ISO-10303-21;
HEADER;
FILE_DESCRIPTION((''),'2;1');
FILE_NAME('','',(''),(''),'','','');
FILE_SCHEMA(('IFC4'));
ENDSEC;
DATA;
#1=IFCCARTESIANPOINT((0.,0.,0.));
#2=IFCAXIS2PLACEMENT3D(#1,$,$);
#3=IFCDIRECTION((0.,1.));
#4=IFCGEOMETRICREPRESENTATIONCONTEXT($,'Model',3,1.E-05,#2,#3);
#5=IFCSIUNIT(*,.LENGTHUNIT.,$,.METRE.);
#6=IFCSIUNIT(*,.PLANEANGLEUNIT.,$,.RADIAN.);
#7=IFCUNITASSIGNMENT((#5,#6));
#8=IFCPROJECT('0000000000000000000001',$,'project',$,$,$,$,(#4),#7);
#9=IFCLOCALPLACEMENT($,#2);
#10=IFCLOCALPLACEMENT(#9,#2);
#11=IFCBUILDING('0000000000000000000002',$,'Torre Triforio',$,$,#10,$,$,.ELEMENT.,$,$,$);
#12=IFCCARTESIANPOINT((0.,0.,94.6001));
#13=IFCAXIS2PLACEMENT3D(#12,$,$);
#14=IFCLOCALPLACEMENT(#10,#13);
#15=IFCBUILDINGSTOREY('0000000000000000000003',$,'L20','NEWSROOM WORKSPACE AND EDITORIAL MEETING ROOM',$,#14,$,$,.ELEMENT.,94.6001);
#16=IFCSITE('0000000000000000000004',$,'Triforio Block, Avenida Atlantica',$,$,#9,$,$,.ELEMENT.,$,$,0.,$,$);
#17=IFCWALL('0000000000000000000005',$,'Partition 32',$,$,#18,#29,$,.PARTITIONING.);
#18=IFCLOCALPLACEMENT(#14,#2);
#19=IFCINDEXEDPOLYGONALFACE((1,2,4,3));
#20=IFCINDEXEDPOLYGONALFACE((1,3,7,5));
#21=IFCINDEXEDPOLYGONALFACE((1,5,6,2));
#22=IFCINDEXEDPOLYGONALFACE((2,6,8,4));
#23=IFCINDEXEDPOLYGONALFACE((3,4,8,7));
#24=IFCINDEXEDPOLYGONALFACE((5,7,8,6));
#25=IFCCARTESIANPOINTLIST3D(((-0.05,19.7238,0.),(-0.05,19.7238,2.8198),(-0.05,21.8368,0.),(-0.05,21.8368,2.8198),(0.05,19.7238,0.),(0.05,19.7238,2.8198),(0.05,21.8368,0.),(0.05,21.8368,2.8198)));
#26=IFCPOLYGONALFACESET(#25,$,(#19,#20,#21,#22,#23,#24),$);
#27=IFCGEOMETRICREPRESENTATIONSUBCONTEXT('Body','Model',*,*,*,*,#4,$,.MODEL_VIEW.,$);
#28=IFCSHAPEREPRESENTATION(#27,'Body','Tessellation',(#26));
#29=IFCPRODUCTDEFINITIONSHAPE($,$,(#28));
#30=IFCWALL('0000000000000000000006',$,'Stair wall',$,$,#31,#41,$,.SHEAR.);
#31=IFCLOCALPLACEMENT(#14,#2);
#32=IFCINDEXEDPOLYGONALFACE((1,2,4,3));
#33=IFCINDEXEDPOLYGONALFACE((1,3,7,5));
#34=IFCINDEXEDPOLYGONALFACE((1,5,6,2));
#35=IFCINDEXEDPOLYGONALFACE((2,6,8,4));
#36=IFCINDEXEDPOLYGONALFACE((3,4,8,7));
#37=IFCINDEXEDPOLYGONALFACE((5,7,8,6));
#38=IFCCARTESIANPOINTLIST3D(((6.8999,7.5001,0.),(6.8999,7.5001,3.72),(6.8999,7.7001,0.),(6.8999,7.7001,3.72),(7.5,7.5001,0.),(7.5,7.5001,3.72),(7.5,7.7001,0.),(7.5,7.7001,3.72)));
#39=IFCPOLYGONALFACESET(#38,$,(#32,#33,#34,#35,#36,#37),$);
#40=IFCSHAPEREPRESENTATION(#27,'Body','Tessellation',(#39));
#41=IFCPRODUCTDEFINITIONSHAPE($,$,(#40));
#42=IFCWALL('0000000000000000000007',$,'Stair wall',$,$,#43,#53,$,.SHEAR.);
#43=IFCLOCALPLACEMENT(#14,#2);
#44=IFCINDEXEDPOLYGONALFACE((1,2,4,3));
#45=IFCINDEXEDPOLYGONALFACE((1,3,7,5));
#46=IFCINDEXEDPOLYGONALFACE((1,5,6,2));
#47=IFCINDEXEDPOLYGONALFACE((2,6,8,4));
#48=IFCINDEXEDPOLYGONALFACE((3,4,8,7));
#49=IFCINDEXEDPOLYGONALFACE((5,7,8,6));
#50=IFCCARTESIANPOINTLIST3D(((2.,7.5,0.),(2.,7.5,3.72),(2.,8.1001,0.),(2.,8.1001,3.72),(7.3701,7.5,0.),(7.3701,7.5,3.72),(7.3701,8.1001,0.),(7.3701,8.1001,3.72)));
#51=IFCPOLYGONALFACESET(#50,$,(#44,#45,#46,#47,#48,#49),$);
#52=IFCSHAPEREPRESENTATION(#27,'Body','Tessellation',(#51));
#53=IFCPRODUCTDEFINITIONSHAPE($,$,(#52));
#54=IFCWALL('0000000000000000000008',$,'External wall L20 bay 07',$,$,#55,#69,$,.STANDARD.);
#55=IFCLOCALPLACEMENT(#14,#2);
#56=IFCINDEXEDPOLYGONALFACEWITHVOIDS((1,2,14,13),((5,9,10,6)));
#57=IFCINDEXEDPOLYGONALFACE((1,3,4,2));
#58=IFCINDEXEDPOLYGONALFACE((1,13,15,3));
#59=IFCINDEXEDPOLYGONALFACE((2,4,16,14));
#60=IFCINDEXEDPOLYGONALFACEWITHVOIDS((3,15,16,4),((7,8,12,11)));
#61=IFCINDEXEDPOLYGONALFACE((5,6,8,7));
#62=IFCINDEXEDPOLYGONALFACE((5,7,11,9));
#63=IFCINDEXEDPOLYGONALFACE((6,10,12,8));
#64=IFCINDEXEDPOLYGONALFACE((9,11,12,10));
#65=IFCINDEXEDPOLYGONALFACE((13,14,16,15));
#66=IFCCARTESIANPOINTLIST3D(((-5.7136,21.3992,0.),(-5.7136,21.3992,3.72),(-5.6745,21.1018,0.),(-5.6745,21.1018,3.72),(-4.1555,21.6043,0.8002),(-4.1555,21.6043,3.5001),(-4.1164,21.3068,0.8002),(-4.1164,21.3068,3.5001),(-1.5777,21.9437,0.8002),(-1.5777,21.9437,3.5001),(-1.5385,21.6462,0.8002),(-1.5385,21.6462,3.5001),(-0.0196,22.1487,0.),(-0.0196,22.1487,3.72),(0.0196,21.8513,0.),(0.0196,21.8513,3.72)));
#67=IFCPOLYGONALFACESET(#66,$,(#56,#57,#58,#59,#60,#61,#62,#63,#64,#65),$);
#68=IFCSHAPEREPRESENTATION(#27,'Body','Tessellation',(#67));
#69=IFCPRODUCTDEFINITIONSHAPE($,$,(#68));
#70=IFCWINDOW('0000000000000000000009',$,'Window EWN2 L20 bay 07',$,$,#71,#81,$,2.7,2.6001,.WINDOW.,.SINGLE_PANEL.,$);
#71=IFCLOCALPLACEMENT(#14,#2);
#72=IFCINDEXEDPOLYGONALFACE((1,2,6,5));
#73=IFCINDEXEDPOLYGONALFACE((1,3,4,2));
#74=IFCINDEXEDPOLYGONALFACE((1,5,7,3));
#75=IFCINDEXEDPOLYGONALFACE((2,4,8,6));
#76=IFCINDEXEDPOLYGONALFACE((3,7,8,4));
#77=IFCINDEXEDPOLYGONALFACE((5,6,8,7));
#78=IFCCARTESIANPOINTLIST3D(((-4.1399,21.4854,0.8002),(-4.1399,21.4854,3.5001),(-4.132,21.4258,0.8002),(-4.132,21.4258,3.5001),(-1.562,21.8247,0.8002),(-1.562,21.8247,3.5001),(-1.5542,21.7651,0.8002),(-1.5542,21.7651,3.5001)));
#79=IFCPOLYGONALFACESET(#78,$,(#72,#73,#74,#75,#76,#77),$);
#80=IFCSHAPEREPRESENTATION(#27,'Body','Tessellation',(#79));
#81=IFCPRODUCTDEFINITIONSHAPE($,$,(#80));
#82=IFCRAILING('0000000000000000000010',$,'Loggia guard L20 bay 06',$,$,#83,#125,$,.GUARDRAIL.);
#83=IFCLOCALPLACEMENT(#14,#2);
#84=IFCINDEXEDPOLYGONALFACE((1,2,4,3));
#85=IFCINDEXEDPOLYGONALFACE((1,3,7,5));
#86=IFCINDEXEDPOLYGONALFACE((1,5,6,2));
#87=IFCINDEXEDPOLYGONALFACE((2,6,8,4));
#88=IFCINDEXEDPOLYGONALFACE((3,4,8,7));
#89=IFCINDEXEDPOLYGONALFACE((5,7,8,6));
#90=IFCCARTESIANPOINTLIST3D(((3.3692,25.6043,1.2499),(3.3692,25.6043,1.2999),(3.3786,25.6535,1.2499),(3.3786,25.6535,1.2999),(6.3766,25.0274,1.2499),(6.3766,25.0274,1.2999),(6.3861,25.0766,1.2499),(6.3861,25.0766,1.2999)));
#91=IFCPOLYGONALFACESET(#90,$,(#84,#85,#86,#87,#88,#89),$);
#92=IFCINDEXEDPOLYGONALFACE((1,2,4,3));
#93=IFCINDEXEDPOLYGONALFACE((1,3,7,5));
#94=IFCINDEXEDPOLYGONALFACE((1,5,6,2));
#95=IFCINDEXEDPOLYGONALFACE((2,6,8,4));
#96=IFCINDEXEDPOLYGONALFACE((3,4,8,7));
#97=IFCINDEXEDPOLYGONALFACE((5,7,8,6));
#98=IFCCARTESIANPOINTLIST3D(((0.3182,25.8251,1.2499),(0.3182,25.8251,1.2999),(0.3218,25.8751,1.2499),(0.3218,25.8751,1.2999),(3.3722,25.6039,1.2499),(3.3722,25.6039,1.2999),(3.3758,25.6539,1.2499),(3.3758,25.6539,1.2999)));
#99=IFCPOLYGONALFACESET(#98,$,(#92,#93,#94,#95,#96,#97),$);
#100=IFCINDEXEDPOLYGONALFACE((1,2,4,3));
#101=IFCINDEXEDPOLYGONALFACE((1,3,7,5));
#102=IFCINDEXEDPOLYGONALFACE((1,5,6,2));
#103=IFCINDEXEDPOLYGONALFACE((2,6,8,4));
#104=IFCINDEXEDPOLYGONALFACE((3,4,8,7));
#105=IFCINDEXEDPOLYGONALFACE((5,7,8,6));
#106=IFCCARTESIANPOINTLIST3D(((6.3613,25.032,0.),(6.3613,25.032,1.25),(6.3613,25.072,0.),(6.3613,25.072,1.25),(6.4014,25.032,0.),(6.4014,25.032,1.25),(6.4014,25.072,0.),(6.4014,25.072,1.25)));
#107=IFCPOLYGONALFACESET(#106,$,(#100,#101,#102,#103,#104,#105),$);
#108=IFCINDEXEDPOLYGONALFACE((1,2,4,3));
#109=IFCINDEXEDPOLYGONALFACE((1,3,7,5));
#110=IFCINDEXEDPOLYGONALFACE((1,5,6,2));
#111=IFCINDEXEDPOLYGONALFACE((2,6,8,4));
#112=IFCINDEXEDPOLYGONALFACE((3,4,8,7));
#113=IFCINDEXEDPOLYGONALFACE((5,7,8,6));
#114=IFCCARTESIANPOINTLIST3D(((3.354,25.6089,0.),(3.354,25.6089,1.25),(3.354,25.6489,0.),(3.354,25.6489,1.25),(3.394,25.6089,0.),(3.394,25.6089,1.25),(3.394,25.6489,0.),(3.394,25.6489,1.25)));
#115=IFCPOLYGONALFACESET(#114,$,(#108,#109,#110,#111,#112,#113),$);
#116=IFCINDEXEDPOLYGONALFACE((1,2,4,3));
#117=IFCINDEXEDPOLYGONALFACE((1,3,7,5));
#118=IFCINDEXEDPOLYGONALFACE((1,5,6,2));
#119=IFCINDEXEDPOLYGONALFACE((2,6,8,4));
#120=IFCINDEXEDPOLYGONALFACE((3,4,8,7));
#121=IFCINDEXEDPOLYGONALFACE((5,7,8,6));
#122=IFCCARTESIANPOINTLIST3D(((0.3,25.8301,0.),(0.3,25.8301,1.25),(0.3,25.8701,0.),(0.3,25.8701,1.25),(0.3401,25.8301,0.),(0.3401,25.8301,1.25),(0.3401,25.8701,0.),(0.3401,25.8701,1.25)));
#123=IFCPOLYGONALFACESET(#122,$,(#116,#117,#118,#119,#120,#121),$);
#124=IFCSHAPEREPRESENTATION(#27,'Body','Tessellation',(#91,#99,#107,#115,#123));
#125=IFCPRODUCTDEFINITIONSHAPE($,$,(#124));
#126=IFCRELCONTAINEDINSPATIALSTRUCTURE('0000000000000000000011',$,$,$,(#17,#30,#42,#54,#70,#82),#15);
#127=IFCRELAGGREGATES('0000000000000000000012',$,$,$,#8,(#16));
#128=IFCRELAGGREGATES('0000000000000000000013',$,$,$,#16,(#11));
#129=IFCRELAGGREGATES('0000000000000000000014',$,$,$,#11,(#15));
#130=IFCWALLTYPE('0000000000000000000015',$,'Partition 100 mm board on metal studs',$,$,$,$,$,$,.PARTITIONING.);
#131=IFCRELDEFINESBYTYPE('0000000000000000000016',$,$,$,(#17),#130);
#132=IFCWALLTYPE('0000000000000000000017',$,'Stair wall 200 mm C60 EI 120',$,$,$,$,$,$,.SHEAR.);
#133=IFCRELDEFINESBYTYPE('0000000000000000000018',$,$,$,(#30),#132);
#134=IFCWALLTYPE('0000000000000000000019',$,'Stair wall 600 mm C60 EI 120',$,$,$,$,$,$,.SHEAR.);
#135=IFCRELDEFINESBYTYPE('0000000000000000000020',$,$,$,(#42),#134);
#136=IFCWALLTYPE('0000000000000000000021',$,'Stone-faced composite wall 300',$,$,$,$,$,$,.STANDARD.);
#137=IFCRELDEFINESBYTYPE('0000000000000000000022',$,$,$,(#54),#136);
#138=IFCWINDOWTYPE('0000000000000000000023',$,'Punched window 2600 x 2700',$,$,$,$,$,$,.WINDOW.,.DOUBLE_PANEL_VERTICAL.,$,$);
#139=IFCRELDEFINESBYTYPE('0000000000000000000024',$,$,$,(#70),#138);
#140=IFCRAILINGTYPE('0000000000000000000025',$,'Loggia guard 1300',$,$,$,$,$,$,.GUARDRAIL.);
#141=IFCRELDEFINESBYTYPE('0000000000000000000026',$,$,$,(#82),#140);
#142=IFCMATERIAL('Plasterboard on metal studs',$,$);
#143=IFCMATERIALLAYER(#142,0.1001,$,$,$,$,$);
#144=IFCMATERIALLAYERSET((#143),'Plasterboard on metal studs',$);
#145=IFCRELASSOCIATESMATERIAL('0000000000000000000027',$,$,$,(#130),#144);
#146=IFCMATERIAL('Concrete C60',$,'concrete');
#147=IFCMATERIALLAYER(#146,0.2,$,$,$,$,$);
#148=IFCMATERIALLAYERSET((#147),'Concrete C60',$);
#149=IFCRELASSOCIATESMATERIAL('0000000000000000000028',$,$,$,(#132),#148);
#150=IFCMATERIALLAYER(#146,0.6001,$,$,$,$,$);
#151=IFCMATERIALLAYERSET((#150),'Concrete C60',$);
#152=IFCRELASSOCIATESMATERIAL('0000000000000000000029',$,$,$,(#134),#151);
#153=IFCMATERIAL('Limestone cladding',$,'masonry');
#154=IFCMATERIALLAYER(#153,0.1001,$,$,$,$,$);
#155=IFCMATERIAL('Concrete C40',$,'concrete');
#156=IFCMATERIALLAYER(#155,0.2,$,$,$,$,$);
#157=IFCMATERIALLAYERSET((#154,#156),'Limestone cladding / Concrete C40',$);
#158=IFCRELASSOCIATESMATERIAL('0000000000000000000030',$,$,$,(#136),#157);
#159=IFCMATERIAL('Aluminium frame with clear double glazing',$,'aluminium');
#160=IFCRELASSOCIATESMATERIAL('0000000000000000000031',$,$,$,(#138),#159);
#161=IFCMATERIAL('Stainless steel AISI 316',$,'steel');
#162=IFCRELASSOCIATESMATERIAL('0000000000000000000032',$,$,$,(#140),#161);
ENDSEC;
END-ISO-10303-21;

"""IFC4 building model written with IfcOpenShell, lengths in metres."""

from ifc_helpers import new_model, si_unit, direction, frame, frame_2d, origin, origin_2d, place, context, subcontext, project, spatial, rectangle, extrude, material, layer, layer_set, type_object, element, fill, save


model = new_model("IFC4")

# Units and contexts
model_context = context("Model", 3, precision=1e-05, world=origin(), true_north=direction((0.0, 1.0)))
body_context = subcontext(model_context, "Body", "Model", "MODEL_VIEW")
ifc_project = project(units=[si_unit("LENGTHUNIT", "METRE"), si_unit("PLANEANGLEUNIT", "RADIAN")], contexts=[model_context])

# Site, building, storey
site_placement = place(None, origin())
site = spatial("IfcSite", under=ifc_project, at=site_placement, Name="Triforio Block, Avenida Atlantica", CompositionType="ELEMENT", RefElevation=0.0)
building_placement = place(site_placement, origin())
building = spatial("IfcBuilding", under=site, at=building_placement, Name="Torre Triforio", CompositionType="ELEMENT")
storey_placement = place(building_placement, frame((0.0, 0.0, 94.6001)))
storey = spatial("IfcBuildingStorey", under=building, at=storey_placement, Name="L20", Description="NEWSROOM WORKSPACE AND EDITORIAL MEETING ROOM", CompositionType="ELEMENT", Elevation=94.6001)

# Shared definitions
ifc_material_1 = material(Name="Concrete C60", Category="concrete")

# Shared definitions
ifc_material_2 = material(Name="Plasterboard on metal studs")

# Walls
ifc_layer_1 = layer(ifc_material_2, 0.1001)
ifc_layer_set_1 = layer_set([ifc_layer_1], Name="Plasterboard on metal studs")
wall_type_1 = type_object("IfcWallType", Name="Partition 100 mm board on metal studs", PredefinedType="PARTITIONING", material=ifc_layer_set_1)
wall_1_placement = place(storey_placement, frame((0.0, 19.7236, 0.0), z_axis=(0.0, 0.0, 1.0), x_axis=(0.0, 1.0, 0.0)))
element("IfcWall", 1, at=wall_1_placement, inside=storey, type_object=wall_type_1, Name="Partition 32", PredefinedType="PARTITIONING", context=body_context, shape_type="SweptSolid", body=[
    extrude(rectangle(XDim=2.113, YDim=0.1001, at=frame_2d((1.0566, 0.0))), origin(), (0.0, 0.0, 1.0), 2.8198),
])
ifc_layer_2 = layer(ifc_material_1, 0.2)
ifc_layer_set_2 = layer_set([ifc_layer_2], Name="Concrete C60")
wall_type_2 = type_object("IfcWallType", Name="Stair wall 200 mm C60 EI 120", PredefinedType="SHEAR", material=ifc_layer_set_2)
wall_2_placement = place(storey_placement, frame((6.8999, 7.6001, 0.0), z_axis=(0.0, 0.0, 1.0), x_axis=(1.0, 0.0, 0.0)))
element("IfcWall", 2, at=wall_2_placement, inside=storey, type_object=wall_type_2, Name="Stair wall", PredefinedType="SHEAR", context=body_context, shape_type="SweptSolid", body=[
    extrude(rectangle(XDim=0.6001, YDim=0.2, at=frame_2d((0.3, 0.0))), origin(), (0.0, 0.0, 1.0), 3.72),
])
ifc_layer_3 = layer(ifc_material_1, 0.6001)
ifc_layer_set_3 = layer_set([ifc_layer_3], Name="Concrete C60")
wall_type_3 = type_object("IfcWallType", Name="Stair wall 600 mm C60 EI 120", PredefinedType="SHEAR", material=ifc_layer_set_3)
wall_3_placement = place(storey_placement, frame((2.0, 7.8, 0.0), z_axis=(0.0, 0.0, 1.0), x_axis=(1.0, 0.0, 0.0)))
element("IfcWall", 3, at=wall_3_placement, inside=storey, type_object=wall_type_3, Name="Stair wall", PredefinedType="SHEAR", context=body_context, shape_type="SweptSolid", body=[
    extrude(rectangle(XDim=5.3701, YDim=0.6001, at=frame_2d((2.6851, 0.0))), origin(), (0.0, 0.0, 1.0), 3.72),
])

# Shared definitions
ifc_material_3 = material(Name="Limestone cladding", Category="masonry")
ifc_layer_4 = layer(ifc_material_3, 0.1001)
ifc_material_4 = material(Name="Concrete C40", Category="concrete")
ifc_layer_5 = layer(ifc_material_4, 0.2)
ifc_layer_set_4 = layer_set([ifc_layer_4, ifc_layer_5], Name="Limestone cladding / Concrete C40")
wall_type_4 = type_object("IfcWallType", Name="Stone-faced composite wall 300", PredefinedType="STANDARD", material=ifc_layer_set_4)
ifc_material_5 = material(Name="Aluminium frame with clear double glazing", Category="aluminium")

# Wall, opening, window
wall_4_placement = place(storey_placement, frame((0.0, 22.0, 0.0), z_axis=(0.0, 0.0, 1.0), x_axis=(-0.991448, -0.130504, 0.0)))
wall_4 = element("IfcWall", 4, at=wall_4_placement, inside=storey, type_object=wall_type_4, Name="External wall L20 bay 07", PredefinedType="STANDARD", context=body_context, shape_type="SweptSolid", body=[
    extrude(rectangle(XDim=5.7432, YDim=0.3, at=frame_2d((2.8716, 0.0))), origin(), (0.0, 0.0, 1.0), 3.72),
])
opening_1_placement = place(wall_4_placement, frame((1.5715, 0.0, 0.8)))
opening_1 = element("IfcOpeningElement", 5, at=opening_1_placement, cuts=wall_4, PredefinedType="OPENING", context=body_context, shape_type="SweptSolid", body=[
    extrude(rectangle(XDim=2.6001, YDim=2.7, at=frame_2d((1.3, 1.3501))), frame((0.0, 0.1599, 0.0), z_axis=(0.0, -1.0, 0.0), x_axis=(1.0, 0.0, 0.0)), (0.0, 0.0, 1.0), 0.3201),
])
window_type_1 = type_object("IfcWindowType", Name="Punched window 2600 x 2700", PartitioningType="DOUBLE_PANEL_VERTICAL", PredefinedType="WINDOW", material=ifc_material_5)
window_1_placement = place(opening_1_placement, origin())
window_1 = element("IfcWindow", 6, at=window_1_placement, inside=storey, type_object=window_type_1, Name="Window EWN2 L20 bay 07", OverallHeight=2.7, OverallWidth=2.6001, PartitioningType="SINGLE_PANEL", PredefinedType="WINDOW", context=body_context, shape_type="SweptSolid", body=[
    extrude(rectangle(XDim=2.6001, YDim=2.7, at=frame_2d((1.3, 1.3501))), frame((0.0, 0.03, 0.0), z_axis=(0.0, -1.0, 0.0), x_axis=(1.0, 0.0, 0.0)), (0.0, 0.0, 1.0), 0.0601),
])
fill(opening_1, window_1)

# Railing
ifc_material_6 = material(Name="Stainless steel AISI 316", Category="steel")
railing_type = type_object("IfcRailingType", Name="Loggia guard 1300", PredefinedType="GUARDRAIL", material=ifc_material_6)
railing_placement = place(storey_placement, frame((6.3813, 25.052, 0.0)))
element("IfcRailing", 7, at=railing_placement, inside=storey, type_object=railing_type, Name="Loggia guard L20 bay 06", PredefinedType="GUARDRAIL", context=body_context, shape_type="SweptSolid", body=[
    extrude(rectangle(XDim=0.05, YDim=0.05, at=origin_2d()), frame((0.0, 0.0, 1.2749), z_axis=(-0.982093, 0.188398, 0.0), x_axis=(-0.188398, -0.982093, 0.0)), (0.0, 0.0, 1.0), 3.0623),
    extrude(rectangle(XDim=0.05, YDim=0.05, at=origin_2d()), frame((-3.0073, 0.5769, 1.2749), z_axis=(-0.997387, 0.072239, 0.0), x_axis=(-0.072239, -0.997387, 0.0)), (0.0, 0.0, 1.0), 3.062),
    extrude(rectangle(XDim=0.04, YDim=0.04, at=origin_2d()), origin(), (0.0, 0.0, 1.0), 1.25),
    extrude(rectangle(XDim=0.04, YDim=0.04, at=origin_2d()), frame((-3.0073, 0.5769, 0.0)), (0.0, 0.0, 1.0), 1.25),
    extrude(rectangle(XDim=0.04, YDim=0.04, at=origin_2d()), frame((-6.0613, 0.7981, 0.0)), (0.0, 0.0, 1.0), 1.25),
])

save(model, "model.ifc")
